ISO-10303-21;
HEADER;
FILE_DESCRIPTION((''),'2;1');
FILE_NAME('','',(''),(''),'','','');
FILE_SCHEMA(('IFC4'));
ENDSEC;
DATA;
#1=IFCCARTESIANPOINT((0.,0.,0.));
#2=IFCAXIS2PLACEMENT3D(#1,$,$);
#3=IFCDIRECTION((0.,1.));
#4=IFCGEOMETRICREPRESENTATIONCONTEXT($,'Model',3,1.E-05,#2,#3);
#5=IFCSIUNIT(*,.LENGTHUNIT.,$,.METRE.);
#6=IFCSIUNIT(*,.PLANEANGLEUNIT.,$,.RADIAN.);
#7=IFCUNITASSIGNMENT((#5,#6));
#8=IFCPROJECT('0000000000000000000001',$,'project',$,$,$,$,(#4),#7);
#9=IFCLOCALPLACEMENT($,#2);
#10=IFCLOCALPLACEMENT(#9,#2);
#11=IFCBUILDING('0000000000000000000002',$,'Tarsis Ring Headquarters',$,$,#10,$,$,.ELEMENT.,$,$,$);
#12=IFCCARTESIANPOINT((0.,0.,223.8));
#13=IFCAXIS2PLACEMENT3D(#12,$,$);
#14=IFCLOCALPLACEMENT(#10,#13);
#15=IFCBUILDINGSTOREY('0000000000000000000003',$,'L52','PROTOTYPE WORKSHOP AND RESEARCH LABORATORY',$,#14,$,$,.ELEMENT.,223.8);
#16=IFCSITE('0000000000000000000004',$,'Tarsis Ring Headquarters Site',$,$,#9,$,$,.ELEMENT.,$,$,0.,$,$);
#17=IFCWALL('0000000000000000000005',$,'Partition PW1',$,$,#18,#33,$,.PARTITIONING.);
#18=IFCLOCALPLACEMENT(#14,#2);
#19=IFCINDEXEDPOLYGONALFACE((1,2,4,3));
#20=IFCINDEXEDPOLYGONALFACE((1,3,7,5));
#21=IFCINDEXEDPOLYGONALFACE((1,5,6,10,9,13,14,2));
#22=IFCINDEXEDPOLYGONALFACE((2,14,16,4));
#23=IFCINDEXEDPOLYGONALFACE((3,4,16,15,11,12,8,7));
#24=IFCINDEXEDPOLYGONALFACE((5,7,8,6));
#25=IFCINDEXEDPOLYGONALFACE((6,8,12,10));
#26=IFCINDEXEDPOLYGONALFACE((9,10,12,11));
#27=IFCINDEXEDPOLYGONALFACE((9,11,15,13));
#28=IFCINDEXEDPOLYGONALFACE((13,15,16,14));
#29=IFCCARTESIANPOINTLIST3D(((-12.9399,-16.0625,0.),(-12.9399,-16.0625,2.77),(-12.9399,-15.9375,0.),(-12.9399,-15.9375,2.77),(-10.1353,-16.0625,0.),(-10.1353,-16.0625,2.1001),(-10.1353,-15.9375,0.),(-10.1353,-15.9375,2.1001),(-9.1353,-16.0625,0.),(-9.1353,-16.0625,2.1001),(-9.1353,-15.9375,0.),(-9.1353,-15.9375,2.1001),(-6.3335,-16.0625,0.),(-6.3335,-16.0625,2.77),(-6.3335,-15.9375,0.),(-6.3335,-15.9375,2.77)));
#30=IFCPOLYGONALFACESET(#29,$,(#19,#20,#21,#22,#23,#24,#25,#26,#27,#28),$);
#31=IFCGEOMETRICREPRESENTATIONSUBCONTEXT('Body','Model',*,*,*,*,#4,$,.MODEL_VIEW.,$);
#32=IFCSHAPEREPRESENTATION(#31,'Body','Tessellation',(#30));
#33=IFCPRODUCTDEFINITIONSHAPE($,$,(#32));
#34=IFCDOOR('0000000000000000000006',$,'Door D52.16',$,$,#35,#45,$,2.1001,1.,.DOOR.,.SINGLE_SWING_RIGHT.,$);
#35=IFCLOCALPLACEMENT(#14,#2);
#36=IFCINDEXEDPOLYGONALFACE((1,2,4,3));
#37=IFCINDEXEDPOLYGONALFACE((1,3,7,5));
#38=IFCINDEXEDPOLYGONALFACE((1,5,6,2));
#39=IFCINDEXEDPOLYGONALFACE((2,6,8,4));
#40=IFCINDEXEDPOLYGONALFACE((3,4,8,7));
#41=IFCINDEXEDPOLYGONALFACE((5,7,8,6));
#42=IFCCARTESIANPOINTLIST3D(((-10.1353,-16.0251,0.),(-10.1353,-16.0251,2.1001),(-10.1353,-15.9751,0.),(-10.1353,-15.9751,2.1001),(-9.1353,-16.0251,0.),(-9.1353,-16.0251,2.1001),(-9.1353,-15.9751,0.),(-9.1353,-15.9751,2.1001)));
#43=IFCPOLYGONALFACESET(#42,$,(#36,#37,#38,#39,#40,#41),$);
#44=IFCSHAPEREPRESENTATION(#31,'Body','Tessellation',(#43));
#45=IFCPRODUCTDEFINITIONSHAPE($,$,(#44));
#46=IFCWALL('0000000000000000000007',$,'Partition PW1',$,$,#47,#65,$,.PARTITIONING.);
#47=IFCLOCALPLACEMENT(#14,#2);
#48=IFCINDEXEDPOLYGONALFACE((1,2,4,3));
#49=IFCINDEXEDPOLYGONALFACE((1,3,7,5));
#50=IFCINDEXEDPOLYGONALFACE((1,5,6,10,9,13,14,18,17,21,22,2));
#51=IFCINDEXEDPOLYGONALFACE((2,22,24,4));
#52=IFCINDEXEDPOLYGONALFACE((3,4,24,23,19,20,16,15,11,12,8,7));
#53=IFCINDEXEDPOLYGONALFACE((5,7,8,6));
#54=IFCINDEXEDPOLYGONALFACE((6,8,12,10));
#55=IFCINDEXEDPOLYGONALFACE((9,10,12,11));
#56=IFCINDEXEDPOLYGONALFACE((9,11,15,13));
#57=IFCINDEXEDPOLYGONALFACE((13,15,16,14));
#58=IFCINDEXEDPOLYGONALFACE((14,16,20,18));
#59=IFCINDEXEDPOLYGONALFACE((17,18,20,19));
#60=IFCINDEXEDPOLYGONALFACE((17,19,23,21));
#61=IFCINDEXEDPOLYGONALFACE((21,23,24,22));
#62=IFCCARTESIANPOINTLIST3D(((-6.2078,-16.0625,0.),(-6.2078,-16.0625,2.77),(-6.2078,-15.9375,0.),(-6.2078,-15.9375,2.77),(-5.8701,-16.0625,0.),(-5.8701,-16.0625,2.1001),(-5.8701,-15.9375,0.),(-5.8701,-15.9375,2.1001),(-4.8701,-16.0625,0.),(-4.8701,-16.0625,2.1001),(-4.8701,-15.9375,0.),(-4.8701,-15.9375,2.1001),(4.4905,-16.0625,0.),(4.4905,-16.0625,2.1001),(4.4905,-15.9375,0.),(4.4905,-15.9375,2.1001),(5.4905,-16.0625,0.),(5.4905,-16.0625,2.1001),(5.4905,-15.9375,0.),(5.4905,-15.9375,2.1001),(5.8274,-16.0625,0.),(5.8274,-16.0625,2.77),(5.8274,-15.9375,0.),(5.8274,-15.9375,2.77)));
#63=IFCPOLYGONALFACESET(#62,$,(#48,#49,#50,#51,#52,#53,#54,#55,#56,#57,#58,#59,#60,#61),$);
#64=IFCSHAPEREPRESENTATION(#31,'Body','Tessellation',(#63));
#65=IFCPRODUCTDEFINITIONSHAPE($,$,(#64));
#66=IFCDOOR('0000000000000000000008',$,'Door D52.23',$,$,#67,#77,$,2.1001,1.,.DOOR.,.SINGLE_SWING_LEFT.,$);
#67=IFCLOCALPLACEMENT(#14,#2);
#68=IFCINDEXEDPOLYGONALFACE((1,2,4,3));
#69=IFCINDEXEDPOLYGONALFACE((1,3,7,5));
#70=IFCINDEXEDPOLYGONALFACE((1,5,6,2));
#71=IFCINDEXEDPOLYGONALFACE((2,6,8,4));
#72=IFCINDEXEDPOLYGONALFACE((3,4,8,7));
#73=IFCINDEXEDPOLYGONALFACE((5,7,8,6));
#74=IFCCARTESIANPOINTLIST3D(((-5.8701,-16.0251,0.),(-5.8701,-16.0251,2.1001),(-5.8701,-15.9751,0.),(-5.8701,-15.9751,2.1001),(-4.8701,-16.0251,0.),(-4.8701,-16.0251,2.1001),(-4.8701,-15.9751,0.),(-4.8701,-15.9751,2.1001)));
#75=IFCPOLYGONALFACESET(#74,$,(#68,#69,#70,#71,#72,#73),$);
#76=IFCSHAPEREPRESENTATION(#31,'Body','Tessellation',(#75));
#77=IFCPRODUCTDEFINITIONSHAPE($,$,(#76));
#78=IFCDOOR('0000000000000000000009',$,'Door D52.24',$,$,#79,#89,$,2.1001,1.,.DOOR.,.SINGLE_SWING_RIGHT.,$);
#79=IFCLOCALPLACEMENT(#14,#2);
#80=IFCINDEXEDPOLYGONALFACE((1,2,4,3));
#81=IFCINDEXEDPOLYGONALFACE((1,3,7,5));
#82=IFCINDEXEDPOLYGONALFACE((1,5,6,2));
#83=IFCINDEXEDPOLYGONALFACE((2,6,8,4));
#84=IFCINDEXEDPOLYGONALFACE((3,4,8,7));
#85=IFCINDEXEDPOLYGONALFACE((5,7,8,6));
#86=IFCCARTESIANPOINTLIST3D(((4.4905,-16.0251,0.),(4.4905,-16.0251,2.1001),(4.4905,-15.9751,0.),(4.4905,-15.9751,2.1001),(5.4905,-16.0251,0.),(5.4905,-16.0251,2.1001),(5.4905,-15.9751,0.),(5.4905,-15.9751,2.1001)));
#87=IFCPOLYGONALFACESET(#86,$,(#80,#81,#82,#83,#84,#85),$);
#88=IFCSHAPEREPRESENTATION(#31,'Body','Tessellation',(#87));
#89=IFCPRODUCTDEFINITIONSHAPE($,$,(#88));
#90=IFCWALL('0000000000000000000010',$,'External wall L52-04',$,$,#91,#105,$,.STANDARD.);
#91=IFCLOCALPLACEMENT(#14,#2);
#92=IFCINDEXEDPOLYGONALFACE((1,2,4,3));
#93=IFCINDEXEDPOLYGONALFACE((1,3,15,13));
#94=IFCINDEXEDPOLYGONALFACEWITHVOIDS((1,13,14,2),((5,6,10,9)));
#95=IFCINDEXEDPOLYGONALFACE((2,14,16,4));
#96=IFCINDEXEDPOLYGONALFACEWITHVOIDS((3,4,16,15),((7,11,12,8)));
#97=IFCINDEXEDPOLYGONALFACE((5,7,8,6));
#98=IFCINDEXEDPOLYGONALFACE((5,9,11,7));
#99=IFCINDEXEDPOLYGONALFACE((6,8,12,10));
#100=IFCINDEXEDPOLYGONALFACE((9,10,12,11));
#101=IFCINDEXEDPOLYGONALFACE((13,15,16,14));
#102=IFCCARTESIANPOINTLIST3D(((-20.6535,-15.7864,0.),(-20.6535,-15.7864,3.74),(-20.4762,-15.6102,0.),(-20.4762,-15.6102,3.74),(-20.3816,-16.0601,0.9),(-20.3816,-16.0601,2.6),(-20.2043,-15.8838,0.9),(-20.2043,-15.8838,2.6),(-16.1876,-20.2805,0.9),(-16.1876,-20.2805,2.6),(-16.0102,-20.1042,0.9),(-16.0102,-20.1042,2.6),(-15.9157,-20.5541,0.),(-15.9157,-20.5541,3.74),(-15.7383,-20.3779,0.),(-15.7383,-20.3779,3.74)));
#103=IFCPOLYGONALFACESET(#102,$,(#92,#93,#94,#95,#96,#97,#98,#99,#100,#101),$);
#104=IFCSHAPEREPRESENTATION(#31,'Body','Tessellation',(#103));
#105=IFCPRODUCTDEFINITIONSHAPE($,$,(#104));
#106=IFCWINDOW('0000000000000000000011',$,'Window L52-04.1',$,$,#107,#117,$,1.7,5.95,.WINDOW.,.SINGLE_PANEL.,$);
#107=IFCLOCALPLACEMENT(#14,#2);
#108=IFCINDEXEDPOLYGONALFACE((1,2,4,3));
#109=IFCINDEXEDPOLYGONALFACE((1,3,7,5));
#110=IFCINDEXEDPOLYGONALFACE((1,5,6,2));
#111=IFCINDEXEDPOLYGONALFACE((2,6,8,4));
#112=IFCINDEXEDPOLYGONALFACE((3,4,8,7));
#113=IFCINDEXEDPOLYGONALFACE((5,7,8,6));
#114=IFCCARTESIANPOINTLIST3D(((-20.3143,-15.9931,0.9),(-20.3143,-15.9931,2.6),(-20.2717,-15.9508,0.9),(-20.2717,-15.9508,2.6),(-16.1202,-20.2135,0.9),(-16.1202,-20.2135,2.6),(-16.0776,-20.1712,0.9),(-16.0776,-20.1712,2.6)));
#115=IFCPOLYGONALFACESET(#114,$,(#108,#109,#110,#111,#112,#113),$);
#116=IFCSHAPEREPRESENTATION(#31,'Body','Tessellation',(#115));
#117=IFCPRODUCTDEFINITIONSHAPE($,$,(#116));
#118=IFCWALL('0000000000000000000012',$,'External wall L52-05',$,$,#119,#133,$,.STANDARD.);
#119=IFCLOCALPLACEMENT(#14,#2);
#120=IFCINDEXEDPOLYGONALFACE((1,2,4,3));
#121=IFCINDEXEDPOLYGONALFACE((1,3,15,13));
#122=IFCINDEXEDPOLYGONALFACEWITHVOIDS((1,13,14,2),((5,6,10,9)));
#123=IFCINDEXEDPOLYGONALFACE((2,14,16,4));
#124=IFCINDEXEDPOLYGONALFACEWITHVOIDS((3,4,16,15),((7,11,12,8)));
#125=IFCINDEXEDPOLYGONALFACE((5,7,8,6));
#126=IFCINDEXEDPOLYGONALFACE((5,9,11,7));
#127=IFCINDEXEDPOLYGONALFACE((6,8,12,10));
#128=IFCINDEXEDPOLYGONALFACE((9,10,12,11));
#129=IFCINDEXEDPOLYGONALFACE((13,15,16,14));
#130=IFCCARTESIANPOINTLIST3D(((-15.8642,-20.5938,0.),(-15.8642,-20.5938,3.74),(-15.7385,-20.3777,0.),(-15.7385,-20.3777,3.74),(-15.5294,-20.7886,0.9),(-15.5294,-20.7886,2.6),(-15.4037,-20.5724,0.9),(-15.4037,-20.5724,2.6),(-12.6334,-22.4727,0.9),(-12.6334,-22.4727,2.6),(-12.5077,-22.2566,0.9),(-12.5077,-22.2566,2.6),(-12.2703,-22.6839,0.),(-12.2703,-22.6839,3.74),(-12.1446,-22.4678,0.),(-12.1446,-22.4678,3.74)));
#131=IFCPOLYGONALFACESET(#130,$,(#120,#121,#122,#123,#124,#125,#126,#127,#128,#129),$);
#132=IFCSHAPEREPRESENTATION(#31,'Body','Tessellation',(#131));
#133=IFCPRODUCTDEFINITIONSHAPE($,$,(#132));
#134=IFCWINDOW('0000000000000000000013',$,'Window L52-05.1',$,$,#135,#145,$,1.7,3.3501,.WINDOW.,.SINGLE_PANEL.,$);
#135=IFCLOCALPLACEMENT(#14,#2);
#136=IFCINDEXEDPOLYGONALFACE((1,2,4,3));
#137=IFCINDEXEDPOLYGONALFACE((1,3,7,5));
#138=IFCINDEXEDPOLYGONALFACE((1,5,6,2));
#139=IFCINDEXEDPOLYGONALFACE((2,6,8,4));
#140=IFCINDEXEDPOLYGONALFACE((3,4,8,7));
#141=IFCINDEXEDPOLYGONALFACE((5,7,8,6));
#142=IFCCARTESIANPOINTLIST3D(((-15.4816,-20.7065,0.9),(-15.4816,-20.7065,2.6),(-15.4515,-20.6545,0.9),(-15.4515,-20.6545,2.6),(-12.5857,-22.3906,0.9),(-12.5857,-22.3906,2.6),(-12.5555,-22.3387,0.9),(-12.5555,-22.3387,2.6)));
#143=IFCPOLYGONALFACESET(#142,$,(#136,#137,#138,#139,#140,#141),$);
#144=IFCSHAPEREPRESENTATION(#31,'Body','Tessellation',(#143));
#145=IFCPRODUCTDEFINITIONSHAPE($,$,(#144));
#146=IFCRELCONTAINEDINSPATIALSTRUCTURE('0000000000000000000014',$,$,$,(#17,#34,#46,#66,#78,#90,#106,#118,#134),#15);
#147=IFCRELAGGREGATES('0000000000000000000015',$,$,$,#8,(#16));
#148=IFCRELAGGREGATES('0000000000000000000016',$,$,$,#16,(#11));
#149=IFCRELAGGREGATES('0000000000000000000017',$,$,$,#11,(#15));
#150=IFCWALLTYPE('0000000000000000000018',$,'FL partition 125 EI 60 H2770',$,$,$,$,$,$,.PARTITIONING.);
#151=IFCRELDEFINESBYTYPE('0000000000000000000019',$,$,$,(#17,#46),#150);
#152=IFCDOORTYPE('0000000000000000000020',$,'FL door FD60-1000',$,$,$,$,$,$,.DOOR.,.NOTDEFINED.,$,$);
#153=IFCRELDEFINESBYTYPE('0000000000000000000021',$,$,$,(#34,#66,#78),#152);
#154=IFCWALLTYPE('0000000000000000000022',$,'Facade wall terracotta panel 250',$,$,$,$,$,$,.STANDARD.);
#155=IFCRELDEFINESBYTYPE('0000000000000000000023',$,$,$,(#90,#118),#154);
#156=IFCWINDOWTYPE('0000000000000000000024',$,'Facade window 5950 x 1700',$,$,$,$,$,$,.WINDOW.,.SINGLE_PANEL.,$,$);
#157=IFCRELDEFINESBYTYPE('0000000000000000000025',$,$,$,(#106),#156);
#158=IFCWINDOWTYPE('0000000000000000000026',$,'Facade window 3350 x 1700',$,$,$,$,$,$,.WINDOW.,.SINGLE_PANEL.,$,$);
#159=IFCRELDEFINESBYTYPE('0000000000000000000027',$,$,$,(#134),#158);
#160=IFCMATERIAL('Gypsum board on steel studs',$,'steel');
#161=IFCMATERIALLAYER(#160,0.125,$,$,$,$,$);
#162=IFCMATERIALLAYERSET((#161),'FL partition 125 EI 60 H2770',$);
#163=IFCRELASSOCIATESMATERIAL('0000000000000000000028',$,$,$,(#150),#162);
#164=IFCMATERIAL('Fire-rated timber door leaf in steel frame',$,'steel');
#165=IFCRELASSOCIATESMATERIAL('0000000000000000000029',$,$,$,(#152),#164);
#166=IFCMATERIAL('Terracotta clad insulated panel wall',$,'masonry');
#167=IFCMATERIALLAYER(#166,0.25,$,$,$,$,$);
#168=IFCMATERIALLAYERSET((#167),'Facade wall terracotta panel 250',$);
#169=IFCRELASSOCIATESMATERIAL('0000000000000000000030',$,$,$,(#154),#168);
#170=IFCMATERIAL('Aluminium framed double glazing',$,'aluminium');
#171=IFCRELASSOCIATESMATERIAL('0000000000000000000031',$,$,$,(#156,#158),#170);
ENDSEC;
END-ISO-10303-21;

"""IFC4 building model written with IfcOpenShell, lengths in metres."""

from ifc_helpers import new_model, si_unit, direction, frame, frame_2d, origin, place, context, subcontext, project, spatial, rectangle, extrude, material, layer, layer_set, type_object, element, fill, save


model = new_model("IFC4")

# Units and contexts
model_context = context("Model", 3, precision=1e-05, world=origin(), true_north=direction((0.0, 1.0)))
body_context = subcontext(model_context, "Body", "Model", "MODEL_VIEW")
ifc_project = project(units=[si_unit("LENGTHUNIT", "METRE"), si_unit("PLANEANGLEUNIT", "RADIAN")], contexts=[model_context])

# Site, building, storey
site_placement = place(None, origin())
site = spatial("IfcSite", under=ifc_project, at=site_placement, Name="Tarsis Ring Headquarters Site", CompositionType="ELEMENT", RefElevation=0.0)
building_placement = place(site_placement, origin())
building = spatial("IfcBuilding", under=site, at=building_placement, Name="Tarsis Ring Headquarters", CompositionType="ELEMENT")
storey_placement = place(building_placement, frame((0.0, 0.0, 223.8)))
storey = spatial("IfcBuildingStorey", under=building, at=storey_placement, Name="L52", Description="PROTOTYPE WORKSHOP AND RESEARCH LABORATORY", CompositionType="ELEMENT", Elevation=223.8)

# Shared definitions
ifc_material_1 = material(Name="Gypsum board on steel studs", Category="steel")

# Shared definitions
ifc_layer_1 = layer(ifc_material_1, 0.125)
ifc_layer_set_1 = layer_set([ifc_layer_1], Name="FL partition 125 EI 60 H2770")
wall_type_1 = type_object("IfcWallType", Name="FL partition 125 EI 60 H2770", PredefinedType="PARTITIONING", material=ifc_layer_set_1)
ifc_material_2 = material(Name="Fire-rated timber door leaf in steel frame", Category="steel")
door_type_1 = type_object("IfcDoorType", Name="FL door FD60-1000", OperationType="NOTDEFINED", PredefinedType="DOOR", material=ifc_material_2)

# Wall, opening, door
wall_1_placement = place(storey_placement, frame((-12.9399, -16.0, 0.0), z_axis=(0.0, 0.0, 1.0), x_axis=(1.0, 0.0, 0.0)))
wall_1 = element("IfcWall", 1, at=wall_1_placement, inside=storey, type_object=wall_type_1, Name="Partition PW1", PredefinedType="PARTITIONING", context=body_context, shape_type="SweptSolid", body=[
    extrude(rectangle(XDim=6.6064, YDim=0.125, at=frame_2d((3.3032, 0.0))), origin(), (0.0, 0.0, 1.0), 2.77),
])
opening_1_placement = place(wall_1_placement, frame((2.8047, 0.0, 0.0)))
opening_1 = element("IfcOpeningElement", 2, at=opening_1_placement, cuts=wall_1, PredefinedType="OPENING", context=body_context, shape_type="SweptSolid", body=[
    extrude(rectangle(XDim=1.0, YDim=2.1001, at=frame_2d((0.5, 1.05))), frame((0.0, 0.0725, 0.0), z_axis=(0.0, -1.0, 0.0), x_axis=(1.0, 0.0, 0.0)), (0.0, 0.0, 1.0), 0.145),
])
door_1_placement = place(opening_1_placement, origin())
door_1 = element("IfcDoor", 3, at=door_1_placement, inside=storey, type_object=door_type_1, Name="Door D52.16", OperationType="SINGLE_SWING_RIGHT", OverallHeight=2.1001, OverallWidth=1.0, PredefinedType="DOOR", context=body_context, shape_type="SweptSolid", body=[
    extrude(rectangle(XDim=1.0, YDim=2.1001, at=frame_2d((0.5, 1.05))), frame((0.0, 0.0249, 0.0), z_axis=(0.0, -1.0, 0.0), x_axis=(1.0, 0.0, 0.0)), (0.0, 0.0, 1.0), 0.05),
])
fill(opening_1, door_1)

# Wall, openings, doors
wall_2_placement = place(storey_placement, frame((-6.2078, -16.0, 0.0), z_axis=(0.0, 0.0, 1.0), x_axis=(1.0, 0.0, 0.0)))
wall_2 = element("IfcWall", 4, at=wall_2_placement, inside=storey, type_object=wall_type_1, Name="Partition PW1", PredefinedType="PARTITIONING", context=body_context, shape_type="SweptSolid", body=[
    extrude(rectangle(XDim=12.0352, YDim=0.125, at=frame_2d((6.0176, 0.0))), origin(), (0.0, 0.0, 1.0), 2.77),
])
opening_2_placement = place(wall_2_placement, frame((0.3376, 0.0, 0.0)))
opening_2 = element("IfcOpeningElement", 5, at=opening_2_placement, cuts=wall_2, PredefinedType="OPENING", context=body_context, shape_type="SweptSolid", body=[
    extrude(rectangle(XDim=1.0, YDim=2.1001, at=frame_2d((0.5, 1.05))), frame((0.0, 0.0725, 0.0), z_axis=(0.0, -1.0, 0.0), x_axis=(1.0, 0.0, 0.0)), (0.0, 0.0, 1.0), 0.145),
])
opening_3_placement = place(wall_2_placement, frame((10.6982, 0.0, 0.0)))
opening_3 = element("IfcOpeningElement", 6, at=opening_3_placement, cuts=wall_2, PredefinedType="OPENING", context=body_context, shape_type="SweptSolid", body=[
    extrude(rectangle(XDim=1.0, YDim=2.1001, at=frame_2d((0.5, 1.05))), frame((0.0, 0.0725, 0.0), z_axis=(0.0, -1.0, 0.0), x_axis=(1.0, 0.0, 0.0)), (0.0, 0.0, 1.0), 0.145),
])
door_2_placement = place(opening_2_placement, origin())
door_2 = element("IfcDoor", 7, at=door_2_placement, inside=storey, type_object=door_type_1, Name="Door D52.23", OperationType="SINGLE_SWING_LEFT", OverallHeight=2.1001, OverallWidth=1.0, PredefinedType="DOOR", context=body_context, shape_type="SweptSolid", body=[
    extrude(rectangle(XDim=1.0, YDim=2.1001, at=frame_2d((0.5, 1.05))), frame((0.0, 0.0249, 0.0), z_axis=(0.0, -1.0, 0.0), x_axis=(1.0, 0.0, 0.0)), (0.0, 0.0, 1.0), 0.05),
])
fill(opening_2, door_2)
door_3_placement = place(opening_3_placement, origin())
door_3 = element("IfcDoor", 8, at=door_3_placement, inside=storey, type_object=door_type_1, Name="Door D52.24", OperationType="SINGLE_SWING_RIGHT", OverallHeight=2.1001, OverallWidth=1.0, PredefinedType="DOOR", context=body_context, shape_type="SweptSolid", body=[
    extrude(rectangle(XDim=1.0, YDim=2.1001, at=frame_2d((0.5, 1.05))), frame((0.0, 0.0249, 0.0), z_axis=(0.0, -1.0, 0.0), x_axis=(1.0, 0.0, 0.0)), (0.0, 0.0, 1.0), 0.05),
])
fill(opening_3, door_3)

# Walls, openings, windows
ifc_material_3 = material(Name="Terracotta clad insulated panel wall", Category="masonry")
ifc_layer_2 = layer(ifc_material_3, 0.25)
ifc_layer_set_2 = layer_set([ifc_layer_2], Name="Facade wall terracotta panel 250")
wall_type_2 = type_object("IfcWallType", Name="Facade wall terracotta panel 250", PredefinedType="STANDARD", material=ifc_layer_set_2)
wall_3_placement = place(storey_placement, frame((-20.5649, -15.6982, 0.0), z_axis=(0.0, 0.0, 1.0), x_axis=(0.704888, -0.709319, 0.0)))
wall_3 = element("IfcWall", 9, at=wall_3_placement, inside=storey, type_object=wall_type_2, Name="External wall L52-04", PredefinedType="STANDARD", context=body_context, shape_type="SweptSolid", body=[
    extrude(rectangle(XDim=6.7214, YDim=0.25, at=frame_2d((3.3608, 0.0))), origin(), (0.0, 0.0, 1.0), 3.74),
])
opening_4_placement = place(wall_3_placement, frame((0.3857, 0.0, 0.8999)))
opening_4 = element("IfcOpeningElement", 10, at=opening_4_placement, cuts=wall_3, PredefinedType="OPENING", context=body_context, shape_type="SweptSolid", body=[
    extrude(rectangle(XDim=5.95, YDim=1.7, at=frame_2d((2.9751, 0.8501))), frame((0.0, 0.135, 0.0), z_axis=(0.0, -1.0, 0.0), x_axis=(1.0, 0.0, 0.0)), (0.0, 0.0, 1.0), 0.27),
])
ifc_material_4 = material(Name="Aluminium framed double glazing", Category="aluminium")
window_type_1 = type_object("IfcWindowType", Name="Facade window 5950 x 1700", PartitioningType="SINGLE_PANEL", PredefinedType="WINDOW", material=ifc_material_4)
window_1_placement = place(opening_4_placement, origin())
window_1 = element("IfcWindow", 11, at=window_1_placement, inside=storey, type_object=window_type_1, Name="Window L52-04.1", OverallHeight=1.7, OverallWidth=5.95, PartitioningType="SINGLE_PANEL", PredefinedType="WINDOW", context=body_context, shape_type="SweptSolid", body=[
    extrude(rectangle(XDim=5.95, YDim=1.7, at=frame_2d((2.9751, 0.8501))), frame((0.0, 0.03, 0.0), z_axis=(0.0, -1.0, 0.0), x_axis=(1.0, 0.0, 0.0)), (0.0, 0.0, 1.0), 0.0601),
])
fill(opening_4, window_1)
wall_4_placement = place(storey_placement, frame((-15.8013, -20.4858, 0.0), z_axis=(0.0, 0.0, 1.0), x_axis=(0.864449, -0.50272, 0.0)))
wall_4 = element("IfcWall", 12, at=wall_4_placement, inside=storey, type_object=wall_type_2, Name="External wall L52-05", PredefinedType="STANDARD", context=body_context, shape_type="SweptSolid", body=[
    extrude(rectangle(XDim=4.1575, YDim=0.25, at=frame_2d((2.0786, 0.0))), origin(), (0.0, 0.0, 1.0), 3.74),
])
opening_5_placement = place(wall_4_placement, frame((0.3872, 0.0, 0.8999)))
opening_5 = element("IfcOpeningElement", 13, at=opening_5_placement, cuts=wall_4, PredefinedType="OPENING", context=body_context, shape_type="SweptSolid", body=[
    extrude(rectangle(XDim=3.3501, YDim=1.7, at=frame_2d((1.675, 0.8501))), frame((0.0, 0.135, 0.0), z_axis=(0.0, -1.0, 0.0), x_axis=(1.0, 0.0, 0.0)), (0.0, 0.0, 1.0), 0.27),
])
window_type_2 = type_object("IfcWindowType", Name="Facade window 3350 x 1700", PartitioningType="SINGLE_PANEL", PredefinedType="WINDOW", material=ifc_material_4)
window_2_placement = place(opening_5_placement, origin())
window_2 = element("IfcWindow", 14, at=window_2_placement, inside=storey, type_object=window_type_2, Name="Window L52-05.1", OverallHeight=1.7, OverallWidth=3.3501, PartitioningType="SINGLE_PANEL", PredefinedType="WINDOW", context=body_context, shape_type="SweptSolid", body=[
    extrude(rectangle(XDim=3.3501, YDim=1.7, at=frame_2d((1.675, 0.8501))), frame((0.0, 0.03, 0.0), z_axis=(0.0, -1.0, 0.0), x_axis=(1.0, 0.0, 0.0)), (0.0, 0.0, 1.0), 0.0601),
])
fill(opening_5, window_2)

save(model, "model.ifc")
